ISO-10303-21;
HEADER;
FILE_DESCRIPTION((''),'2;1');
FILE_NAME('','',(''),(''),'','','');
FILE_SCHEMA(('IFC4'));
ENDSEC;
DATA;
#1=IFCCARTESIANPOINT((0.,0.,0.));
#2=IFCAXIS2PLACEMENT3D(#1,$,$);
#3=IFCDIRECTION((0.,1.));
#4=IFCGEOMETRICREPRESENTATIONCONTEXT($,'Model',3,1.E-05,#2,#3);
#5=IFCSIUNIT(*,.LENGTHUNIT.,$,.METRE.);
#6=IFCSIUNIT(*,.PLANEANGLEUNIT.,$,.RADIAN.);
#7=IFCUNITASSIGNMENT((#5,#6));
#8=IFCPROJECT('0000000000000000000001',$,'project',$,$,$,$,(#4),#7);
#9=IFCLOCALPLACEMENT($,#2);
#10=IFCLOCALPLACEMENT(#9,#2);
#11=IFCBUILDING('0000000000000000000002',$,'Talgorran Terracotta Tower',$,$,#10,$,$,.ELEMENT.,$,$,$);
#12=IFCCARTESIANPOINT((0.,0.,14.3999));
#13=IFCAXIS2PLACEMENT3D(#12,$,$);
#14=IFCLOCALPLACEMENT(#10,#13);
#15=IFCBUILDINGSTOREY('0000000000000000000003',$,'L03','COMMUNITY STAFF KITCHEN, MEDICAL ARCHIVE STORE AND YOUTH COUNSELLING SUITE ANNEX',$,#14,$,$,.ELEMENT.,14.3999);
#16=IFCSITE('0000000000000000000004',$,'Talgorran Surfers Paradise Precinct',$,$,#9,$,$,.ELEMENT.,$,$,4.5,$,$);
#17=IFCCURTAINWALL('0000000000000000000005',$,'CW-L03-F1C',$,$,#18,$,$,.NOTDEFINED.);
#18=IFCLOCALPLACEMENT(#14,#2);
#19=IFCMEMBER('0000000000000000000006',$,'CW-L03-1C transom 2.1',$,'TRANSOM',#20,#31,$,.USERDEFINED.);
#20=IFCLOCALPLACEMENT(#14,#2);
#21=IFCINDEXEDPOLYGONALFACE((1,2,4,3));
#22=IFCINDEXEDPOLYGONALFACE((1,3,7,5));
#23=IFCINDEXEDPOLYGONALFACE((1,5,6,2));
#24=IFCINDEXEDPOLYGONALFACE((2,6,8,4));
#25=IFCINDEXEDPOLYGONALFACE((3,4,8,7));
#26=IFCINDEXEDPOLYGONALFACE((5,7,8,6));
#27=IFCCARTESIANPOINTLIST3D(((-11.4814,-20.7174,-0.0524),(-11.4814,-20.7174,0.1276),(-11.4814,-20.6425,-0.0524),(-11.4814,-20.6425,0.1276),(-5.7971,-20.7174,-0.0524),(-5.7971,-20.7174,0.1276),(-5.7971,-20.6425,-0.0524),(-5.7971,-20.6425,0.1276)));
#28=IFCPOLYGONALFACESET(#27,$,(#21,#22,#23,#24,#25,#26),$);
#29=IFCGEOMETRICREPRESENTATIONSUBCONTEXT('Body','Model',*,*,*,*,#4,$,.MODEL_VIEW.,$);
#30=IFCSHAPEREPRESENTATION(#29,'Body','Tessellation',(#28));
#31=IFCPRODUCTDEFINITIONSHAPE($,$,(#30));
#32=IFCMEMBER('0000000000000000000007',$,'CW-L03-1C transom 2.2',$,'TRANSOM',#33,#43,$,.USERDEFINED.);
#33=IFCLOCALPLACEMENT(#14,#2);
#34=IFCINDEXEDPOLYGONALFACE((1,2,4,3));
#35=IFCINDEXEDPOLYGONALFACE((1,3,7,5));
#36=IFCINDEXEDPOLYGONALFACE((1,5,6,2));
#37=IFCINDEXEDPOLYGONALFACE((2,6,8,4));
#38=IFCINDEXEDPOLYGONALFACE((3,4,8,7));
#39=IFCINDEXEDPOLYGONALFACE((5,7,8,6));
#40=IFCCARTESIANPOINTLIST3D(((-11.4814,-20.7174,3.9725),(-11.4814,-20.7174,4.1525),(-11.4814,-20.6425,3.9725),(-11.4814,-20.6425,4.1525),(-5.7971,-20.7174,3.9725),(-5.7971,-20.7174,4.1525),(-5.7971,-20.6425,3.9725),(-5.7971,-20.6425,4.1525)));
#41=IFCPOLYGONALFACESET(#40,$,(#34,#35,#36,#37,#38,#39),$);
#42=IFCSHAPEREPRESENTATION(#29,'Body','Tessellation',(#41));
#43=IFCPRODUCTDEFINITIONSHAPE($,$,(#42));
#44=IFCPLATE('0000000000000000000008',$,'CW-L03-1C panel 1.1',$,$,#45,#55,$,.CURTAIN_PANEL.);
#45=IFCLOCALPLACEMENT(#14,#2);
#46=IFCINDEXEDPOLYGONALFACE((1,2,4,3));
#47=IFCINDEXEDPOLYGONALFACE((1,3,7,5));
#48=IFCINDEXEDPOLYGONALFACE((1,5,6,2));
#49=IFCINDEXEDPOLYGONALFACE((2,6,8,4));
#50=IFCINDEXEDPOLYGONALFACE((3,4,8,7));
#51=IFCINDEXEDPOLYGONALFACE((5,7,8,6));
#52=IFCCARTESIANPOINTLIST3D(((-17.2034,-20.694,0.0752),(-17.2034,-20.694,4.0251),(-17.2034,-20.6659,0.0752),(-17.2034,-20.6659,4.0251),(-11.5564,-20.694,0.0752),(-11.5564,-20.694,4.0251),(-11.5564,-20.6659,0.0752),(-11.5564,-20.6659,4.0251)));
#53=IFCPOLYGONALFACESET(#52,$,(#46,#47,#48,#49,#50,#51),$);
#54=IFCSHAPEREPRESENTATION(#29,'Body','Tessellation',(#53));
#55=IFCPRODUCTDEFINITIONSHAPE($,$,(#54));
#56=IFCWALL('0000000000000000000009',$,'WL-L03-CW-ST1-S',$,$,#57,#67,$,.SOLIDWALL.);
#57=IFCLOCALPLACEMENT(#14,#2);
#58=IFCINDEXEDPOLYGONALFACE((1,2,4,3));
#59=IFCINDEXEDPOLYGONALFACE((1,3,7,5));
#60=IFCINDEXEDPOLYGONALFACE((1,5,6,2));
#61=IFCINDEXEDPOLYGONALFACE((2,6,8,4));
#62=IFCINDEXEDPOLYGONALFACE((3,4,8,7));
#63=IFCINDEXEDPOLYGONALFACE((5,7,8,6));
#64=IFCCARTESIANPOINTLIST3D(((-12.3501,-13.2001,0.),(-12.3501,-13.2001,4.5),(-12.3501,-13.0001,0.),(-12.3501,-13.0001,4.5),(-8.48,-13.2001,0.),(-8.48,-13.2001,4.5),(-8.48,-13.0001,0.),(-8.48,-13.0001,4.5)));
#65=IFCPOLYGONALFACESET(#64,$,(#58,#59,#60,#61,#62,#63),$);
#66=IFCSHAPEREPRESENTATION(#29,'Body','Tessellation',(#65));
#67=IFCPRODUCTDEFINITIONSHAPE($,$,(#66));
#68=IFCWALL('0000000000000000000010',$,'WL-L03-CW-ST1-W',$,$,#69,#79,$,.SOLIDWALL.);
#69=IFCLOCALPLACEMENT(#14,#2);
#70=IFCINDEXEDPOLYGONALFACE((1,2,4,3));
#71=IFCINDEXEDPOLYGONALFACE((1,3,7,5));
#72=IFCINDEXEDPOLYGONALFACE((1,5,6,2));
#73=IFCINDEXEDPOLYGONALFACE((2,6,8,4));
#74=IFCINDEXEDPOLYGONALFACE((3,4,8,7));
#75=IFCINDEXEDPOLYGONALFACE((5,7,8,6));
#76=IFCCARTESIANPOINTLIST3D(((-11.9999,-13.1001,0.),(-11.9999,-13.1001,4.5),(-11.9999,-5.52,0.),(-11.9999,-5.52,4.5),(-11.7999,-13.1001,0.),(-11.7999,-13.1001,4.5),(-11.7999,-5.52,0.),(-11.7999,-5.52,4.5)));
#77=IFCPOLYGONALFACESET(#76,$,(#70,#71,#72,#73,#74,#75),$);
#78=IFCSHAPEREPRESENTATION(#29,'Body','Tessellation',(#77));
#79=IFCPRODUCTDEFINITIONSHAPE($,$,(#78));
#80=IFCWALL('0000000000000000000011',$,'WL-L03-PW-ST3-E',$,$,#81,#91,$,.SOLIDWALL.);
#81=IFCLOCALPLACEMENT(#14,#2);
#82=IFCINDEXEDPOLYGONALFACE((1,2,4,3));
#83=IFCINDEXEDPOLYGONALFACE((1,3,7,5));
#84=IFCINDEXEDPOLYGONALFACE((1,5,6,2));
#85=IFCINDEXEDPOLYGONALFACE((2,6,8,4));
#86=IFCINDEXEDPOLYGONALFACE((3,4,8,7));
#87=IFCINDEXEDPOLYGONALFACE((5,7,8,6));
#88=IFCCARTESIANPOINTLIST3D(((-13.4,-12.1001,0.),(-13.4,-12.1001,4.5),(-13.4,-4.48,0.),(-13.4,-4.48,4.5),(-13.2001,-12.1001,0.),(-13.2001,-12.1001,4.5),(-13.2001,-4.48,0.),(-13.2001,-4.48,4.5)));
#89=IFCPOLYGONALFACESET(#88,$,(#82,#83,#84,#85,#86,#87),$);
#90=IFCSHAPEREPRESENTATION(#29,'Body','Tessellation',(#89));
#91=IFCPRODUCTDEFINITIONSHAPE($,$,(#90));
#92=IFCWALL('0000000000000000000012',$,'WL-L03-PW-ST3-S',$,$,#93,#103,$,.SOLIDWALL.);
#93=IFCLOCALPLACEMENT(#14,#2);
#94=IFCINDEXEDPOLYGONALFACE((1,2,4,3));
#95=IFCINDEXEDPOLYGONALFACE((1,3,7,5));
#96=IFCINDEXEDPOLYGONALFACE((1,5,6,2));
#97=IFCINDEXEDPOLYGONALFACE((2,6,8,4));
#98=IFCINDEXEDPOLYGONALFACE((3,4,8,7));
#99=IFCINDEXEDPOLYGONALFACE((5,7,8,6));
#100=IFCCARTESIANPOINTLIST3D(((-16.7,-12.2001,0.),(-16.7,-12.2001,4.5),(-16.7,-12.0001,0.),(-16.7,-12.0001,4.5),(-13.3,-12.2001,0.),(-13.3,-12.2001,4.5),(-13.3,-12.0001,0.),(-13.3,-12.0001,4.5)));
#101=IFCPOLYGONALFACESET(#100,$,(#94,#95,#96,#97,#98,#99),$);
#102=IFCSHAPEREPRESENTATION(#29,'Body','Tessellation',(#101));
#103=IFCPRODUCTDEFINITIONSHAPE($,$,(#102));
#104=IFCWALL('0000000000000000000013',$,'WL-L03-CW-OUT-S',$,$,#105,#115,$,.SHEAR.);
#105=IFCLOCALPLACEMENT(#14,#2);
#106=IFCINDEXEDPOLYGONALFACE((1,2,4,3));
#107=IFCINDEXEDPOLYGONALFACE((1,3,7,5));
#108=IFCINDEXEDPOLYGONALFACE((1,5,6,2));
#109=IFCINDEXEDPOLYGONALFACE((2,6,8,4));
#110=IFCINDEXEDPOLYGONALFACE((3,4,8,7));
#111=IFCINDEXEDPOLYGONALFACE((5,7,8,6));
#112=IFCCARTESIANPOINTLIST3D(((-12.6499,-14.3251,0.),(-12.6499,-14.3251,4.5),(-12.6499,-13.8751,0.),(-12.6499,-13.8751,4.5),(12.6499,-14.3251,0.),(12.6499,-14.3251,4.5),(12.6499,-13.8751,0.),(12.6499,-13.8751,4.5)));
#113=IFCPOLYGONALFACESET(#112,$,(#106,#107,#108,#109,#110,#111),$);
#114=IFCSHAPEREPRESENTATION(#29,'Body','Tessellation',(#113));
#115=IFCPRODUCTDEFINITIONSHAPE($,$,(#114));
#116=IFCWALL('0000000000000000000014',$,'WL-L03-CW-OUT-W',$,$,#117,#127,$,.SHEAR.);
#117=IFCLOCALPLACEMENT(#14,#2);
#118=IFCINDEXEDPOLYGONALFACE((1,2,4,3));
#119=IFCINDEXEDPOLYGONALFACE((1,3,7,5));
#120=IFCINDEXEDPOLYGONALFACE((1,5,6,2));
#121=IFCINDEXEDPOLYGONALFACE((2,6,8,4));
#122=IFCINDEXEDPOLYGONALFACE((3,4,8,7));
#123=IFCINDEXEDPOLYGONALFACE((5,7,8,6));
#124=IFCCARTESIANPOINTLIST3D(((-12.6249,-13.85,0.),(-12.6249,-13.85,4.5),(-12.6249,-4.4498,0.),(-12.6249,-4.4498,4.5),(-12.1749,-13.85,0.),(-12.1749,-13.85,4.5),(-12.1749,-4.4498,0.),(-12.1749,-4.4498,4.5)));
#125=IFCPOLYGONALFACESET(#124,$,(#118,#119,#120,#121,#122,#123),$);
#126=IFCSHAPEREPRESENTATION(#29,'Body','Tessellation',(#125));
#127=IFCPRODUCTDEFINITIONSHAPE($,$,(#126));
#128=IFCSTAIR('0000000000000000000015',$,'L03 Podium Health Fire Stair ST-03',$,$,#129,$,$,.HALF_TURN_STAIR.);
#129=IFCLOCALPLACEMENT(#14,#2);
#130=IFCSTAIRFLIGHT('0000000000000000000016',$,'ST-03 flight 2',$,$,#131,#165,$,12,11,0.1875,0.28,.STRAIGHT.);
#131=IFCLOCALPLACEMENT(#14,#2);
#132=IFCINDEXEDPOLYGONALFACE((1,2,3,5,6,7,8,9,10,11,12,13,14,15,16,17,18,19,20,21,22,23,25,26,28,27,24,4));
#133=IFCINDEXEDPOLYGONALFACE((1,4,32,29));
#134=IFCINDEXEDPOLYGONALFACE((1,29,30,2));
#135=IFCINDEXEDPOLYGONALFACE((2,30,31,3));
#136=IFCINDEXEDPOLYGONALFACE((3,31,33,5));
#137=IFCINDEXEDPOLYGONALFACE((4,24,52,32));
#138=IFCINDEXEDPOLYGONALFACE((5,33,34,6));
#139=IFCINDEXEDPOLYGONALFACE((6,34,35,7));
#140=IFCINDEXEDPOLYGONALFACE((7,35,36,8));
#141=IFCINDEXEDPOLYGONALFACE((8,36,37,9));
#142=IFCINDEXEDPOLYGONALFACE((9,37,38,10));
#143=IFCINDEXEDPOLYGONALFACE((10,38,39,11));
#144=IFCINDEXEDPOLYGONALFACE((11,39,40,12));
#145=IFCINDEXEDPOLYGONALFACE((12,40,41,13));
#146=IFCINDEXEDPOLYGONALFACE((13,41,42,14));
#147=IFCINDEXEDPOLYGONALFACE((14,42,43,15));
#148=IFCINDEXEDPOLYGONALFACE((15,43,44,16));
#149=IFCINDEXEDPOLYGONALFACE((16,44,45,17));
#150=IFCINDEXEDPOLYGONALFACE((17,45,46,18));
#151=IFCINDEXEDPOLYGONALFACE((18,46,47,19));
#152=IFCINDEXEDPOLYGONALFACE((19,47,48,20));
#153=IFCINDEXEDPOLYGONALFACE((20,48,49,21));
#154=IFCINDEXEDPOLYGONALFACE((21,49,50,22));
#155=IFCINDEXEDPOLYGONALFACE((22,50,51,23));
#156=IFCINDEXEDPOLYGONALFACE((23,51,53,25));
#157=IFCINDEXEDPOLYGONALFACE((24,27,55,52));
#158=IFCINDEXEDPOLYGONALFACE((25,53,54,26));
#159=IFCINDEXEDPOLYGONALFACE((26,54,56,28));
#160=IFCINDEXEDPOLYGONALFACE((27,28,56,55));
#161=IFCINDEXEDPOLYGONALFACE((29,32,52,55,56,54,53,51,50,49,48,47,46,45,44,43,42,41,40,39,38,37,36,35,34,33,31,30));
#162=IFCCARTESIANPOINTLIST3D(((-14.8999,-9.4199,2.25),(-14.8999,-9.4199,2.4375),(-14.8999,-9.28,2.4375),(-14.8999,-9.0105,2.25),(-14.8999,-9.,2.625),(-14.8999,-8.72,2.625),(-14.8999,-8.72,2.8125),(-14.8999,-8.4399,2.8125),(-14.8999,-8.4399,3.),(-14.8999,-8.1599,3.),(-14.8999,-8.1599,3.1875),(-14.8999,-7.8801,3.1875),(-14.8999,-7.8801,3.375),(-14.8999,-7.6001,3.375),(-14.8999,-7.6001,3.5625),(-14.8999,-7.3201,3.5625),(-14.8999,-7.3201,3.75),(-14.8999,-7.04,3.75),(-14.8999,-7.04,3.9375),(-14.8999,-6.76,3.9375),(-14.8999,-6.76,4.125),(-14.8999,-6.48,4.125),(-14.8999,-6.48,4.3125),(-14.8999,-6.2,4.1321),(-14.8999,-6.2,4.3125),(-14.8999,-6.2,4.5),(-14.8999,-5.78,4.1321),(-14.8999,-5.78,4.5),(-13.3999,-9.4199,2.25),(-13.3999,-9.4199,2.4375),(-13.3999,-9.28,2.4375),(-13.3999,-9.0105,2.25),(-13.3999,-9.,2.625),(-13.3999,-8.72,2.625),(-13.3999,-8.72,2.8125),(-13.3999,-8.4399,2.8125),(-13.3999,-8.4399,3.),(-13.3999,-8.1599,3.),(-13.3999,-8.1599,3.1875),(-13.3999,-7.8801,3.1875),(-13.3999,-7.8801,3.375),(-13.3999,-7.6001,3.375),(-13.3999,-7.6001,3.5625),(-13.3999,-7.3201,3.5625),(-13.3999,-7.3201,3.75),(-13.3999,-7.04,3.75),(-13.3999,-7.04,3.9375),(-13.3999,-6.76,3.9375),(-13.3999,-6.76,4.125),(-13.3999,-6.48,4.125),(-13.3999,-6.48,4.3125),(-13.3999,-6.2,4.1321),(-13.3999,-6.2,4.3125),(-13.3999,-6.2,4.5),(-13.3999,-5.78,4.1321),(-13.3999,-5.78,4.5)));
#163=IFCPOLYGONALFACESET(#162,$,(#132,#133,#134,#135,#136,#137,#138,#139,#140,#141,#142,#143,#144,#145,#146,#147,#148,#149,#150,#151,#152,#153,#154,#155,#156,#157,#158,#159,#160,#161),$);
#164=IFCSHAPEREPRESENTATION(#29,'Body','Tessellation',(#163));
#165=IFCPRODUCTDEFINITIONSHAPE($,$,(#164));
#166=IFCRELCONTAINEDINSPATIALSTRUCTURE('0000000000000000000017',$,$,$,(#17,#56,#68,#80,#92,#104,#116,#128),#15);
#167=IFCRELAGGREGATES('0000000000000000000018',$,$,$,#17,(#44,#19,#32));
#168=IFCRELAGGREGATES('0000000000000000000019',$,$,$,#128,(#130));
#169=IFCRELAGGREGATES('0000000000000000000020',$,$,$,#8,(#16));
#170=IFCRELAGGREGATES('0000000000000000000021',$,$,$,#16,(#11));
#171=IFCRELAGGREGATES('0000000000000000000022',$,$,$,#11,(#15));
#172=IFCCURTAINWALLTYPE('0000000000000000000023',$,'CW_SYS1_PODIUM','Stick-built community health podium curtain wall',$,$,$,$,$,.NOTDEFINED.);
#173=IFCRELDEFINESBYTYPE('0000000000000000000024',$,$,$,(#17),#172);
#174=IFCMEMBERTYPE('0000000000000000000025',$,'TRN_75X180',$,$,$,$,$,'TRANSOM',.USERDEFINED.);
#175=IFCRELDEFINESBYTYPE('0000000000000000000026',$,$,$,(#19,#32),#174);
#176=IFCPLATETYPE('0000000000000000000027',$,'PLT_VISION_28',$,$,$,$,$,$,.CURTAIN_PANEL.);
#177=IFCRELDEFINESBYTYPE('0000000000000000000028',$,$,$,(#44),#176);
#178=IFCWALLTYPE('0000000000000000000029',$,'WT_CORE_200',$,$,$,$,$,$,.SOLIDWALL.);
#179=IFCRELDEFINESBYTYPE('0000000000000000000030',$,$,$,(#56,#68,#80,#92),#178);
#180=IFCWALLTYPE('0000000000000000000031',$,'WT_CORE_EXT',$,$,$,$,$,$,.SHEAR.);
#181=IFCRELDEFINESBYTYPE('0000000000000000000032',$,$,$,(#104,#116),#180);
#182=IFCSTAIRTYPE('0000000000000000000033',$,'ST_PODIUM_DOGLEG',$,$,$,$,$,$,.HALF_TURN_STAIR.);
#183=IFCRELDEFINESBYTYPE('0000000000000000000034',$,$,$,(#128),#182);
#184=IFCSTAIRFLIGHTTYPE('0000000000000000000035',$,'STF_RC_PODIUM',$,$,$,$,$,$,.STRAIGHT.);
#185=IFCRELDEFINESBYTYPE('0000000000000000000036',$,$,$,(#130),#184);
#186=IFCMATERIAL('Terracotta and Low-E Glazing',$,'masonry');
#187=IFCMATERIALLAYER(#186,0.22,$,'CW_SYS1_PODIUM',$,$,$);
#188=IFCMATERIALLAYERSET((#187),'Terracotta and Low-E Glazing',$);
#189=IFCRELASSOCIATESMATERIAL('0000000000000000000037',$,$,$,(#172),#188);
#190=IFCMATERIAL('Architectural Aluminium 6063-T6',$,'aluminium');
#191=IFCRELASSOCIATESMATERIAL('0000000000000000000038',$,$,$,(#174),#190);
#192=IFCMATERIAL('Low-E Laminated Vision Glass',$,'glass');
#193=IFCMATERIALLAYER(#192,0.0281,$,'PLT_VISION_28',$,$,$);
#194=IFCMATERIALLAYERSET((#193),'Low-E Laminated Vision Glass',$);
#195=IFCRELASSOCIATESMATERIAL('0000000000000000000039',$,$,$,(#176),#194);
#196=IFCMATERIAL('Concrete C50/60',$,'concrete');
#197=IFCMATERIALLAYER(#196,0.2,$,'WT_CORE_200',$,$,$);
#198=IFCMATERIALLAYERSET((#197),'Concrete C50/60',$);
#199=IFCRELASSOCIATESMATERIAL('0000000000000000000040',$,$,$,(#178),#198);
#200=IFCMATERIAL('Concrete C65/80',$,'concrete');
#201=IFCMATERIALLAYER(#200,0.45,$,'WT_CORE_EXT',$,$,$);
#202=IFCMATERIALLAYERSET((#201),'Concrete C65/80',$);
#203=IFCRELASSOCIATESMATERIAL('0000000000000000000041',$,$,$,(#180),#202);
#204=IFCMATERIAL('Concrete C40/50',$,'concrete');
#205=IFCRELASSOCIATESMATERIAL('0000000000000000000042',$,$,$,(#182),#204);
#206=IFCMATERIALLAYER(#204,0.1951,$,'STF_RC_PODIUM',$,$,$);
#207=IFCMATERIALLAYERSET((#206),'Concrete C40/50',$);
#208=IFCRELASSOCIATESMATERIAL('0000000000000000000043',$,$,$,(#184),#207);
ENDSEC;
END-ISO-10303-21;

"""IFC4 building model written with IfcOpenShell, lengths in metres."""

from ifc_helpers import new_model, si_unit, direction, frame, frame_2d, origin, origin_2d, place, context, subcontext, project, spatial, polyline, rectangle, outline, extrude, source, transform, mapped, material, layer, layer_set, material_profile, profile_set, type_object, type_shapes, element, aggregate, save


model = new_model("IFC4")

# Units and contexts
model_context = context("Model", 3, precision=1e-05, world=origin(), true_north=direction((0.0, 1.0)))
body_context = subcontext(model_context, "Body", "Model", "MODEL_VIEW")
ifc_project = project(units=[si_unit("LENGTHUNIT", "METRE"), si_unit("PLANEANGLEUNIT", "RADIAN")], contexts=[model_context])

# Site, building, storey
site_placement = place(None, origin())
site = spatial("IfcSite", under=ifc_project, at=site_placement, Name="Talgorran Surfers Paradise Precinct", CompositionType="ELEMENT", RefElevation=4.5)
building_placement = place(site_placement, origin())
building = spatial("IfcBuilding", under=site, at=building_placement, Name="Talgorran Terracotta Tower", CompositionType="ELEMENT")
storey_placement = place(building_placement, frame((0.0, 0.0, 14.3999)))
storey = spatial("IfcBuildingStorey", under=building, at=storey_placement, Name="L03", Description="COMMUNITY STAFF KITCHEN, MEDICAL ARCHIVE STORE AND YOUTH COUNSELLING SUITE ANNEX", CompositionType="ELEMENT", Elevation=14.3999)

# Curtain wall, members, plate
ifc_material_1 = material(Name="Terracotta and Low-E Glazing", Category="masonry")
ifc_layer_1 = layer(ifc_material_1, 0.22, Name="CW_SYS1_PODIUM")
ifc_layer_set_1 = layer_set([ifc_layer_1], Name="Terracotta and Low-E Glazing")
curtain_wall_type = type_object("IfcCurtainWallType", Name="CW_SYS1_PODIUM", Description="Stick-built community health podium curtain wall", PredefinedType="NOTDEFINED", material=ifc_layer_set_1)
curtain_wall_placement = place(storey_placement, origin())
curtain_wall = element("IfcCurtainWall", 1, at=curtain_wall_placement, inside=storey, type_object=curtain_wall_type, Name="CW-L03-F1C", PredefinedType="NOTDEFINED")
ifc_material_2 = material(Name="Architectural Aluminium 6063-T6", Category="aluminium")
ifc_material_profile_1 = material_profile(ifc_material_2, rectangle(XDim=0.075, YDim=0.1799, at=origin_2d()), Name="CWT75X180")
ifc_profile_set_1 = profile_set([ifc_material_profile_1], Name="Architectural Aluminium 6063-T6")
member_type_1 = type_object("IfcMemberType", Name="TRN_75X180", ElementType="TRANSOM", PredefinedType="USERDEFINED", material=ifc_profile_set_1)
member_1_placement = place(storey_placement, frame((-11.4814, -20.6799, 0.0376), z_axis=(1.0, 0.0, 0.0), x_axis=(0.0, 1.0, 0.0)))
member_1 = element("IfcMember", 2, at=member_1_placement, type_object=member_type_1, Name="CW-L03-1C transom 2.1", ObjectType="TRANSOM", PredefinedType="USERDEFINED", context=body_context, shape_type="SweptSolid", body=[
    extrude(rectangle(XDim=0.075, YDim=0.1799, at=origin_2d()), origin(), (0.0, 0.0, 1.0), 5.6843),
])
member_2_placement = place(storey_placement, frame((-11.4814, -20.6799, 4.0625), z_axis=(1.0, 0.0, 0.0), x_axis=(0.0, 1.0, 0.0)))
member_2 = element("IfcMember", 3, at=member_2_placement, type_object=member_type_1, Name="CW-L03-1C transom 2.2", ObjectType="TRANSOM", PredefinedType="USERDEFINED", context=body_context, shape_type="SweptSolid", body=[
    extrude(rectangle(XDim=0.075, YDim=0.1799, at=origin_2d()), origin(), (0.0, 0.0, 1.0), 5.6843),
])
ifc_material_3 = material(Name="Low-E Laminated Vision Glass", Category="glass")
ifc_layer_2 = layer(ifc_material_3, 0.0281, Name="PLT_VISION_28")
ifc_layer_set_2 = layer_set([ifc_layer_2], Name="Low-E Laminated Vision Glass")
plate_type = type_object("IfcPlateType", Name="PLT_VISION_28", PredefinedType="CURTAIN_PANEL", material=ifc_layer_set_2)
shared_shape = source(origin(), body_context, "Body", "SweptSolid", [
    extrude(rectangle(XDim=5.647, YDim=0.0281, at=origin_2d()), origin(), (0.0, 0.0, 1.0), 3.95),
])
type_shapes(plate_type, [shared_shape])
plate_placement = place(storey_placement, frame((-14.3799, -20.6799, 0.0752), z_axis=(0.0, 0.0, 1.0), x_axis=(1.0, 0.0, 0.0)))
plate = element("IfcPlate", 4, at=plate_placement, type_object=plate_type, Name="CW-L03-1C panel 1.1", PredefinedType="CURTAIN_PANEL", context=body_context, shape_type="MappedRepresentation", body=[
    mapped(shared_shape, transform((0.0, 0.0, 0.0), scale=1.0)),
])
aggregate(curtain_wall, [plate, member_1, member_2])

# Walls
ifc_material_4 = material(Name="Concrete C50/60", Category="concrete")
ifc_layer_3 = layer(ifc_material_4, 0.2, Name="WT_CORE_200")
ifc_layer_set_3 = layer_set([ifc_layer_3], Name="Concrete C50/60")
wall_type_1 = type_object("IfcWallType", Name="WT_CORE_200", PredefinedType="SOLIDWALL", material=ifc_layer_set_3)
wall_1_placement = place(storey_placement, frame((-12.3501, -13.1001, 0.0), z_axis=(0.0, 0.0, 1.0), x_axis=(1.0, 0.0, 0.0)))
element("IfcWall", 5, at=wall_1_placement, inside=storey, type_object=wall_type_1, Name="WL-L03-CW-ST1-S", PredefinedType="SOLIDWALL", context=body_context, shape_type="SweptSolid", body=[
    extrude(rectangle(XDim=3.8701, YDim=0.2, at=frame_2d((1.9351, 0.0))), origin(), (0.0, 0.0, 1.0), 4.5),
])
wall_2_placement = place(storey_placement, frame((-11.8999, -13.1001, 0.0), z_axis=(0.0, 0.0, 1.0), x_axis=(0.0, 1.0, 0.0)))
element("IfcWall", 6, at=wall_2_placement, inside=storey, type_object=wall_type_1, Name="WL-L03-CW-ST1-W", PredefinedType="SOLIDWALL", context=body_context, shape_type="SweptSolid", body=[
    extrude(rectangle(XDim=7.5801, YDim=0.2, at=frame_2d((3.79, 0.0))), origin(), (0.0, 0.0, 1.0), 4.5),
])
wall_3_placement = place(storey_placement, frame((-13.3, -12.1001, 0.0), z_axis=(0.0, 0.0, 1.0), x_axis=(0.0, 1.0, 0.0)))
element("IfcWall", 7, at=wall_3_placement, inside=storey, type_object=wall_type_1, Name="WL-L03-PW-ST3-E", PredefinedType="SOLIDWALL", context=body_context, shape_type="SweptSolid", body=[
    extrude(rectangle(XDim=7.6201, YDim=0.2, at=frame_2d((3.8101, 0.0))), origin(), (0.0, 0.0, 1.0), 4.5),
])
wall_4_placement = place(storey_placement, frame((-16.7, -12.1001, 0.0), z_axis=(0.0, 0.0, 1.0), x_axis=(1.0, 0.0, 0.0)))
element("IfcWall", 8, at=wall_4_placement, inside=storey, type_object=wall_type_1, Name="WL-L03-PW-ST3-S", PredefinedType="SOLIDWALL", context=body_context, shape_type="SweptSolid", body=[
    extrude(rectangle(XDim=3.3999, YDim=0.2, at=frame_2d((1.7, 0.0))), origin(), (0.0, 0.0, 1.0), 4.5),
])
ifc_material_5 = material(Name="Concrete C65/80", Category="concrete")
ifc_layer_4 = layer(ifc_material_5, 0.45, Name="WT_CORE_EXT")
ifc_layer_set_4 = layer_set([ifc_layer_4], Name="Concrete C65/80")
wall_type_2 = type_object("IfcWallType", Name="WT_CORE_EXT", PredefinedType="SHEAR", material=ifc_layer_set_4)
wall_5_placement = place(storey_placement, frame((-12.6499, -14.1001, 0.0), z_axis=(0.0, 0.0, 1.0), x_axis=(1.0, 0.0, 0.0)))
element("IfcWall", 9, at=wall_5_placement, inside=storey, type_object=wall_type_2, Name="WL-L03-CW-OUT-S", PredefinedType="SHEAR", context=body_context, shape_type="SweptSolid", body=[
    extrude(rectangle(XDim=25.2998, YDim=0.45, at=frame_2d((12.6499, 0.0))), origin(), (0.0, 0.0, 1.0), 4.5),
])
wall_6_placement = place(storey_placement, frame((-12.3999, -13.8501, 0.0), z_axis=(0.0, 0.0, 1.0), x_axis=(0.0, 1.0, 0.0)))
element("IfcWall", 10, at=wall_6_placement, inside=storey, type_object=wall_type_2, Name="WL-L03-CW-OUT-W", PredefinedType="SHEAR", context=body_context, shape_type="SweptSolid", body=[
    extrude(rectangle(XDim=9.4001, YDim=0.45, at=frame_2d((4.7002, 0.0))), origin(), (0.0, 0.0, 1.0), 4.5),
])

# Stair, stair flight
ifc_material_6 = material(Name="Concrete C40/50", Category="concrete")
stair_type = type_object("IfcStairType", Name="ST_PODIUM_DOGLEG", PredefinedType="HALF_TURN_STAIR", material=ifc_material_6)
stair_placement = place(storey_placement, origin())
stair = element("IfcStair", 11, at=stair_placement, inside=storey, type_object=stair_type, Name="L03 Podium Health Fire Stair ST-03", PredefinedType="HALF_TURN_STAIR")
ifc_layer_5 = layer(ifc_material_6, 0.1951, Name="STF_RC_PODIUM")
ifc_layer_set_5 = layer_set([ifc_layer_5], Name="Concrete C40/50")
stair_flight_type = type_object("IfcStairFlightType", Name="STF_RC_PODIUM", PredefinedType="STRAIGHT", material=ifc_layer_set_5)
stair_flight_placement = place(storey_placement, frame((-14.1499, -9.28, 2.25), z_axis=(0.0, 0.0, 1.0), x_axis=(0.0, 1.0, 0.0)))
stair_flight = element("IfcStairFlight", 12, at=stair_flight_placement, type_object=stair_flight_type, Name="ST-03 flight 2", NumberOfRisers=12, NumberOfTreads=11, PredefinedType="STRAIGHT", RiserHeight=0.1875, TreadLength=0.28, context=body_context, shape_type="SweptSolid", body=[
    extrude(outline(polyline([(-0.1399, 0.0), (-0.1399, 0.1875), (0.0, 0.1875), (0.28, 0.375), (0.5601, 0.375), (0.5601, 0.5625), (0.8401, 0.5625), (0.8401, 0.75), (1.1201, 0.75), (1.1201, 0.9375), (1.3999, 0.9375), (1.3999, 1.125), (1.6799, 1.125), (1.6799, 1.3125), (1.96, 1.3125), (1.96, 1.5), (2.24, 1.5), (2.24, 1.6875), (2.52, 1.6875), (2.52, 1.875), (2.8, 1.875), (2.8, 2.0625), (3.0801, 2.0625), (3.0801, 2.25), (3.5, 2.25), (3.5, 1.8821), (3.0801, 1.8821), (0.2695, 0.0), (-0.1399, 0.0)])), frame((0.0, 0.75, 0.0), z_axis=(0.0, -1.0, 0.0), x_axis=(1.0, 0.0, 0.0)), (0.0, 0.0, 1.0), 1.5),
])
aggregate(stair, [stair_flight])

save(model, "model.ifc")
